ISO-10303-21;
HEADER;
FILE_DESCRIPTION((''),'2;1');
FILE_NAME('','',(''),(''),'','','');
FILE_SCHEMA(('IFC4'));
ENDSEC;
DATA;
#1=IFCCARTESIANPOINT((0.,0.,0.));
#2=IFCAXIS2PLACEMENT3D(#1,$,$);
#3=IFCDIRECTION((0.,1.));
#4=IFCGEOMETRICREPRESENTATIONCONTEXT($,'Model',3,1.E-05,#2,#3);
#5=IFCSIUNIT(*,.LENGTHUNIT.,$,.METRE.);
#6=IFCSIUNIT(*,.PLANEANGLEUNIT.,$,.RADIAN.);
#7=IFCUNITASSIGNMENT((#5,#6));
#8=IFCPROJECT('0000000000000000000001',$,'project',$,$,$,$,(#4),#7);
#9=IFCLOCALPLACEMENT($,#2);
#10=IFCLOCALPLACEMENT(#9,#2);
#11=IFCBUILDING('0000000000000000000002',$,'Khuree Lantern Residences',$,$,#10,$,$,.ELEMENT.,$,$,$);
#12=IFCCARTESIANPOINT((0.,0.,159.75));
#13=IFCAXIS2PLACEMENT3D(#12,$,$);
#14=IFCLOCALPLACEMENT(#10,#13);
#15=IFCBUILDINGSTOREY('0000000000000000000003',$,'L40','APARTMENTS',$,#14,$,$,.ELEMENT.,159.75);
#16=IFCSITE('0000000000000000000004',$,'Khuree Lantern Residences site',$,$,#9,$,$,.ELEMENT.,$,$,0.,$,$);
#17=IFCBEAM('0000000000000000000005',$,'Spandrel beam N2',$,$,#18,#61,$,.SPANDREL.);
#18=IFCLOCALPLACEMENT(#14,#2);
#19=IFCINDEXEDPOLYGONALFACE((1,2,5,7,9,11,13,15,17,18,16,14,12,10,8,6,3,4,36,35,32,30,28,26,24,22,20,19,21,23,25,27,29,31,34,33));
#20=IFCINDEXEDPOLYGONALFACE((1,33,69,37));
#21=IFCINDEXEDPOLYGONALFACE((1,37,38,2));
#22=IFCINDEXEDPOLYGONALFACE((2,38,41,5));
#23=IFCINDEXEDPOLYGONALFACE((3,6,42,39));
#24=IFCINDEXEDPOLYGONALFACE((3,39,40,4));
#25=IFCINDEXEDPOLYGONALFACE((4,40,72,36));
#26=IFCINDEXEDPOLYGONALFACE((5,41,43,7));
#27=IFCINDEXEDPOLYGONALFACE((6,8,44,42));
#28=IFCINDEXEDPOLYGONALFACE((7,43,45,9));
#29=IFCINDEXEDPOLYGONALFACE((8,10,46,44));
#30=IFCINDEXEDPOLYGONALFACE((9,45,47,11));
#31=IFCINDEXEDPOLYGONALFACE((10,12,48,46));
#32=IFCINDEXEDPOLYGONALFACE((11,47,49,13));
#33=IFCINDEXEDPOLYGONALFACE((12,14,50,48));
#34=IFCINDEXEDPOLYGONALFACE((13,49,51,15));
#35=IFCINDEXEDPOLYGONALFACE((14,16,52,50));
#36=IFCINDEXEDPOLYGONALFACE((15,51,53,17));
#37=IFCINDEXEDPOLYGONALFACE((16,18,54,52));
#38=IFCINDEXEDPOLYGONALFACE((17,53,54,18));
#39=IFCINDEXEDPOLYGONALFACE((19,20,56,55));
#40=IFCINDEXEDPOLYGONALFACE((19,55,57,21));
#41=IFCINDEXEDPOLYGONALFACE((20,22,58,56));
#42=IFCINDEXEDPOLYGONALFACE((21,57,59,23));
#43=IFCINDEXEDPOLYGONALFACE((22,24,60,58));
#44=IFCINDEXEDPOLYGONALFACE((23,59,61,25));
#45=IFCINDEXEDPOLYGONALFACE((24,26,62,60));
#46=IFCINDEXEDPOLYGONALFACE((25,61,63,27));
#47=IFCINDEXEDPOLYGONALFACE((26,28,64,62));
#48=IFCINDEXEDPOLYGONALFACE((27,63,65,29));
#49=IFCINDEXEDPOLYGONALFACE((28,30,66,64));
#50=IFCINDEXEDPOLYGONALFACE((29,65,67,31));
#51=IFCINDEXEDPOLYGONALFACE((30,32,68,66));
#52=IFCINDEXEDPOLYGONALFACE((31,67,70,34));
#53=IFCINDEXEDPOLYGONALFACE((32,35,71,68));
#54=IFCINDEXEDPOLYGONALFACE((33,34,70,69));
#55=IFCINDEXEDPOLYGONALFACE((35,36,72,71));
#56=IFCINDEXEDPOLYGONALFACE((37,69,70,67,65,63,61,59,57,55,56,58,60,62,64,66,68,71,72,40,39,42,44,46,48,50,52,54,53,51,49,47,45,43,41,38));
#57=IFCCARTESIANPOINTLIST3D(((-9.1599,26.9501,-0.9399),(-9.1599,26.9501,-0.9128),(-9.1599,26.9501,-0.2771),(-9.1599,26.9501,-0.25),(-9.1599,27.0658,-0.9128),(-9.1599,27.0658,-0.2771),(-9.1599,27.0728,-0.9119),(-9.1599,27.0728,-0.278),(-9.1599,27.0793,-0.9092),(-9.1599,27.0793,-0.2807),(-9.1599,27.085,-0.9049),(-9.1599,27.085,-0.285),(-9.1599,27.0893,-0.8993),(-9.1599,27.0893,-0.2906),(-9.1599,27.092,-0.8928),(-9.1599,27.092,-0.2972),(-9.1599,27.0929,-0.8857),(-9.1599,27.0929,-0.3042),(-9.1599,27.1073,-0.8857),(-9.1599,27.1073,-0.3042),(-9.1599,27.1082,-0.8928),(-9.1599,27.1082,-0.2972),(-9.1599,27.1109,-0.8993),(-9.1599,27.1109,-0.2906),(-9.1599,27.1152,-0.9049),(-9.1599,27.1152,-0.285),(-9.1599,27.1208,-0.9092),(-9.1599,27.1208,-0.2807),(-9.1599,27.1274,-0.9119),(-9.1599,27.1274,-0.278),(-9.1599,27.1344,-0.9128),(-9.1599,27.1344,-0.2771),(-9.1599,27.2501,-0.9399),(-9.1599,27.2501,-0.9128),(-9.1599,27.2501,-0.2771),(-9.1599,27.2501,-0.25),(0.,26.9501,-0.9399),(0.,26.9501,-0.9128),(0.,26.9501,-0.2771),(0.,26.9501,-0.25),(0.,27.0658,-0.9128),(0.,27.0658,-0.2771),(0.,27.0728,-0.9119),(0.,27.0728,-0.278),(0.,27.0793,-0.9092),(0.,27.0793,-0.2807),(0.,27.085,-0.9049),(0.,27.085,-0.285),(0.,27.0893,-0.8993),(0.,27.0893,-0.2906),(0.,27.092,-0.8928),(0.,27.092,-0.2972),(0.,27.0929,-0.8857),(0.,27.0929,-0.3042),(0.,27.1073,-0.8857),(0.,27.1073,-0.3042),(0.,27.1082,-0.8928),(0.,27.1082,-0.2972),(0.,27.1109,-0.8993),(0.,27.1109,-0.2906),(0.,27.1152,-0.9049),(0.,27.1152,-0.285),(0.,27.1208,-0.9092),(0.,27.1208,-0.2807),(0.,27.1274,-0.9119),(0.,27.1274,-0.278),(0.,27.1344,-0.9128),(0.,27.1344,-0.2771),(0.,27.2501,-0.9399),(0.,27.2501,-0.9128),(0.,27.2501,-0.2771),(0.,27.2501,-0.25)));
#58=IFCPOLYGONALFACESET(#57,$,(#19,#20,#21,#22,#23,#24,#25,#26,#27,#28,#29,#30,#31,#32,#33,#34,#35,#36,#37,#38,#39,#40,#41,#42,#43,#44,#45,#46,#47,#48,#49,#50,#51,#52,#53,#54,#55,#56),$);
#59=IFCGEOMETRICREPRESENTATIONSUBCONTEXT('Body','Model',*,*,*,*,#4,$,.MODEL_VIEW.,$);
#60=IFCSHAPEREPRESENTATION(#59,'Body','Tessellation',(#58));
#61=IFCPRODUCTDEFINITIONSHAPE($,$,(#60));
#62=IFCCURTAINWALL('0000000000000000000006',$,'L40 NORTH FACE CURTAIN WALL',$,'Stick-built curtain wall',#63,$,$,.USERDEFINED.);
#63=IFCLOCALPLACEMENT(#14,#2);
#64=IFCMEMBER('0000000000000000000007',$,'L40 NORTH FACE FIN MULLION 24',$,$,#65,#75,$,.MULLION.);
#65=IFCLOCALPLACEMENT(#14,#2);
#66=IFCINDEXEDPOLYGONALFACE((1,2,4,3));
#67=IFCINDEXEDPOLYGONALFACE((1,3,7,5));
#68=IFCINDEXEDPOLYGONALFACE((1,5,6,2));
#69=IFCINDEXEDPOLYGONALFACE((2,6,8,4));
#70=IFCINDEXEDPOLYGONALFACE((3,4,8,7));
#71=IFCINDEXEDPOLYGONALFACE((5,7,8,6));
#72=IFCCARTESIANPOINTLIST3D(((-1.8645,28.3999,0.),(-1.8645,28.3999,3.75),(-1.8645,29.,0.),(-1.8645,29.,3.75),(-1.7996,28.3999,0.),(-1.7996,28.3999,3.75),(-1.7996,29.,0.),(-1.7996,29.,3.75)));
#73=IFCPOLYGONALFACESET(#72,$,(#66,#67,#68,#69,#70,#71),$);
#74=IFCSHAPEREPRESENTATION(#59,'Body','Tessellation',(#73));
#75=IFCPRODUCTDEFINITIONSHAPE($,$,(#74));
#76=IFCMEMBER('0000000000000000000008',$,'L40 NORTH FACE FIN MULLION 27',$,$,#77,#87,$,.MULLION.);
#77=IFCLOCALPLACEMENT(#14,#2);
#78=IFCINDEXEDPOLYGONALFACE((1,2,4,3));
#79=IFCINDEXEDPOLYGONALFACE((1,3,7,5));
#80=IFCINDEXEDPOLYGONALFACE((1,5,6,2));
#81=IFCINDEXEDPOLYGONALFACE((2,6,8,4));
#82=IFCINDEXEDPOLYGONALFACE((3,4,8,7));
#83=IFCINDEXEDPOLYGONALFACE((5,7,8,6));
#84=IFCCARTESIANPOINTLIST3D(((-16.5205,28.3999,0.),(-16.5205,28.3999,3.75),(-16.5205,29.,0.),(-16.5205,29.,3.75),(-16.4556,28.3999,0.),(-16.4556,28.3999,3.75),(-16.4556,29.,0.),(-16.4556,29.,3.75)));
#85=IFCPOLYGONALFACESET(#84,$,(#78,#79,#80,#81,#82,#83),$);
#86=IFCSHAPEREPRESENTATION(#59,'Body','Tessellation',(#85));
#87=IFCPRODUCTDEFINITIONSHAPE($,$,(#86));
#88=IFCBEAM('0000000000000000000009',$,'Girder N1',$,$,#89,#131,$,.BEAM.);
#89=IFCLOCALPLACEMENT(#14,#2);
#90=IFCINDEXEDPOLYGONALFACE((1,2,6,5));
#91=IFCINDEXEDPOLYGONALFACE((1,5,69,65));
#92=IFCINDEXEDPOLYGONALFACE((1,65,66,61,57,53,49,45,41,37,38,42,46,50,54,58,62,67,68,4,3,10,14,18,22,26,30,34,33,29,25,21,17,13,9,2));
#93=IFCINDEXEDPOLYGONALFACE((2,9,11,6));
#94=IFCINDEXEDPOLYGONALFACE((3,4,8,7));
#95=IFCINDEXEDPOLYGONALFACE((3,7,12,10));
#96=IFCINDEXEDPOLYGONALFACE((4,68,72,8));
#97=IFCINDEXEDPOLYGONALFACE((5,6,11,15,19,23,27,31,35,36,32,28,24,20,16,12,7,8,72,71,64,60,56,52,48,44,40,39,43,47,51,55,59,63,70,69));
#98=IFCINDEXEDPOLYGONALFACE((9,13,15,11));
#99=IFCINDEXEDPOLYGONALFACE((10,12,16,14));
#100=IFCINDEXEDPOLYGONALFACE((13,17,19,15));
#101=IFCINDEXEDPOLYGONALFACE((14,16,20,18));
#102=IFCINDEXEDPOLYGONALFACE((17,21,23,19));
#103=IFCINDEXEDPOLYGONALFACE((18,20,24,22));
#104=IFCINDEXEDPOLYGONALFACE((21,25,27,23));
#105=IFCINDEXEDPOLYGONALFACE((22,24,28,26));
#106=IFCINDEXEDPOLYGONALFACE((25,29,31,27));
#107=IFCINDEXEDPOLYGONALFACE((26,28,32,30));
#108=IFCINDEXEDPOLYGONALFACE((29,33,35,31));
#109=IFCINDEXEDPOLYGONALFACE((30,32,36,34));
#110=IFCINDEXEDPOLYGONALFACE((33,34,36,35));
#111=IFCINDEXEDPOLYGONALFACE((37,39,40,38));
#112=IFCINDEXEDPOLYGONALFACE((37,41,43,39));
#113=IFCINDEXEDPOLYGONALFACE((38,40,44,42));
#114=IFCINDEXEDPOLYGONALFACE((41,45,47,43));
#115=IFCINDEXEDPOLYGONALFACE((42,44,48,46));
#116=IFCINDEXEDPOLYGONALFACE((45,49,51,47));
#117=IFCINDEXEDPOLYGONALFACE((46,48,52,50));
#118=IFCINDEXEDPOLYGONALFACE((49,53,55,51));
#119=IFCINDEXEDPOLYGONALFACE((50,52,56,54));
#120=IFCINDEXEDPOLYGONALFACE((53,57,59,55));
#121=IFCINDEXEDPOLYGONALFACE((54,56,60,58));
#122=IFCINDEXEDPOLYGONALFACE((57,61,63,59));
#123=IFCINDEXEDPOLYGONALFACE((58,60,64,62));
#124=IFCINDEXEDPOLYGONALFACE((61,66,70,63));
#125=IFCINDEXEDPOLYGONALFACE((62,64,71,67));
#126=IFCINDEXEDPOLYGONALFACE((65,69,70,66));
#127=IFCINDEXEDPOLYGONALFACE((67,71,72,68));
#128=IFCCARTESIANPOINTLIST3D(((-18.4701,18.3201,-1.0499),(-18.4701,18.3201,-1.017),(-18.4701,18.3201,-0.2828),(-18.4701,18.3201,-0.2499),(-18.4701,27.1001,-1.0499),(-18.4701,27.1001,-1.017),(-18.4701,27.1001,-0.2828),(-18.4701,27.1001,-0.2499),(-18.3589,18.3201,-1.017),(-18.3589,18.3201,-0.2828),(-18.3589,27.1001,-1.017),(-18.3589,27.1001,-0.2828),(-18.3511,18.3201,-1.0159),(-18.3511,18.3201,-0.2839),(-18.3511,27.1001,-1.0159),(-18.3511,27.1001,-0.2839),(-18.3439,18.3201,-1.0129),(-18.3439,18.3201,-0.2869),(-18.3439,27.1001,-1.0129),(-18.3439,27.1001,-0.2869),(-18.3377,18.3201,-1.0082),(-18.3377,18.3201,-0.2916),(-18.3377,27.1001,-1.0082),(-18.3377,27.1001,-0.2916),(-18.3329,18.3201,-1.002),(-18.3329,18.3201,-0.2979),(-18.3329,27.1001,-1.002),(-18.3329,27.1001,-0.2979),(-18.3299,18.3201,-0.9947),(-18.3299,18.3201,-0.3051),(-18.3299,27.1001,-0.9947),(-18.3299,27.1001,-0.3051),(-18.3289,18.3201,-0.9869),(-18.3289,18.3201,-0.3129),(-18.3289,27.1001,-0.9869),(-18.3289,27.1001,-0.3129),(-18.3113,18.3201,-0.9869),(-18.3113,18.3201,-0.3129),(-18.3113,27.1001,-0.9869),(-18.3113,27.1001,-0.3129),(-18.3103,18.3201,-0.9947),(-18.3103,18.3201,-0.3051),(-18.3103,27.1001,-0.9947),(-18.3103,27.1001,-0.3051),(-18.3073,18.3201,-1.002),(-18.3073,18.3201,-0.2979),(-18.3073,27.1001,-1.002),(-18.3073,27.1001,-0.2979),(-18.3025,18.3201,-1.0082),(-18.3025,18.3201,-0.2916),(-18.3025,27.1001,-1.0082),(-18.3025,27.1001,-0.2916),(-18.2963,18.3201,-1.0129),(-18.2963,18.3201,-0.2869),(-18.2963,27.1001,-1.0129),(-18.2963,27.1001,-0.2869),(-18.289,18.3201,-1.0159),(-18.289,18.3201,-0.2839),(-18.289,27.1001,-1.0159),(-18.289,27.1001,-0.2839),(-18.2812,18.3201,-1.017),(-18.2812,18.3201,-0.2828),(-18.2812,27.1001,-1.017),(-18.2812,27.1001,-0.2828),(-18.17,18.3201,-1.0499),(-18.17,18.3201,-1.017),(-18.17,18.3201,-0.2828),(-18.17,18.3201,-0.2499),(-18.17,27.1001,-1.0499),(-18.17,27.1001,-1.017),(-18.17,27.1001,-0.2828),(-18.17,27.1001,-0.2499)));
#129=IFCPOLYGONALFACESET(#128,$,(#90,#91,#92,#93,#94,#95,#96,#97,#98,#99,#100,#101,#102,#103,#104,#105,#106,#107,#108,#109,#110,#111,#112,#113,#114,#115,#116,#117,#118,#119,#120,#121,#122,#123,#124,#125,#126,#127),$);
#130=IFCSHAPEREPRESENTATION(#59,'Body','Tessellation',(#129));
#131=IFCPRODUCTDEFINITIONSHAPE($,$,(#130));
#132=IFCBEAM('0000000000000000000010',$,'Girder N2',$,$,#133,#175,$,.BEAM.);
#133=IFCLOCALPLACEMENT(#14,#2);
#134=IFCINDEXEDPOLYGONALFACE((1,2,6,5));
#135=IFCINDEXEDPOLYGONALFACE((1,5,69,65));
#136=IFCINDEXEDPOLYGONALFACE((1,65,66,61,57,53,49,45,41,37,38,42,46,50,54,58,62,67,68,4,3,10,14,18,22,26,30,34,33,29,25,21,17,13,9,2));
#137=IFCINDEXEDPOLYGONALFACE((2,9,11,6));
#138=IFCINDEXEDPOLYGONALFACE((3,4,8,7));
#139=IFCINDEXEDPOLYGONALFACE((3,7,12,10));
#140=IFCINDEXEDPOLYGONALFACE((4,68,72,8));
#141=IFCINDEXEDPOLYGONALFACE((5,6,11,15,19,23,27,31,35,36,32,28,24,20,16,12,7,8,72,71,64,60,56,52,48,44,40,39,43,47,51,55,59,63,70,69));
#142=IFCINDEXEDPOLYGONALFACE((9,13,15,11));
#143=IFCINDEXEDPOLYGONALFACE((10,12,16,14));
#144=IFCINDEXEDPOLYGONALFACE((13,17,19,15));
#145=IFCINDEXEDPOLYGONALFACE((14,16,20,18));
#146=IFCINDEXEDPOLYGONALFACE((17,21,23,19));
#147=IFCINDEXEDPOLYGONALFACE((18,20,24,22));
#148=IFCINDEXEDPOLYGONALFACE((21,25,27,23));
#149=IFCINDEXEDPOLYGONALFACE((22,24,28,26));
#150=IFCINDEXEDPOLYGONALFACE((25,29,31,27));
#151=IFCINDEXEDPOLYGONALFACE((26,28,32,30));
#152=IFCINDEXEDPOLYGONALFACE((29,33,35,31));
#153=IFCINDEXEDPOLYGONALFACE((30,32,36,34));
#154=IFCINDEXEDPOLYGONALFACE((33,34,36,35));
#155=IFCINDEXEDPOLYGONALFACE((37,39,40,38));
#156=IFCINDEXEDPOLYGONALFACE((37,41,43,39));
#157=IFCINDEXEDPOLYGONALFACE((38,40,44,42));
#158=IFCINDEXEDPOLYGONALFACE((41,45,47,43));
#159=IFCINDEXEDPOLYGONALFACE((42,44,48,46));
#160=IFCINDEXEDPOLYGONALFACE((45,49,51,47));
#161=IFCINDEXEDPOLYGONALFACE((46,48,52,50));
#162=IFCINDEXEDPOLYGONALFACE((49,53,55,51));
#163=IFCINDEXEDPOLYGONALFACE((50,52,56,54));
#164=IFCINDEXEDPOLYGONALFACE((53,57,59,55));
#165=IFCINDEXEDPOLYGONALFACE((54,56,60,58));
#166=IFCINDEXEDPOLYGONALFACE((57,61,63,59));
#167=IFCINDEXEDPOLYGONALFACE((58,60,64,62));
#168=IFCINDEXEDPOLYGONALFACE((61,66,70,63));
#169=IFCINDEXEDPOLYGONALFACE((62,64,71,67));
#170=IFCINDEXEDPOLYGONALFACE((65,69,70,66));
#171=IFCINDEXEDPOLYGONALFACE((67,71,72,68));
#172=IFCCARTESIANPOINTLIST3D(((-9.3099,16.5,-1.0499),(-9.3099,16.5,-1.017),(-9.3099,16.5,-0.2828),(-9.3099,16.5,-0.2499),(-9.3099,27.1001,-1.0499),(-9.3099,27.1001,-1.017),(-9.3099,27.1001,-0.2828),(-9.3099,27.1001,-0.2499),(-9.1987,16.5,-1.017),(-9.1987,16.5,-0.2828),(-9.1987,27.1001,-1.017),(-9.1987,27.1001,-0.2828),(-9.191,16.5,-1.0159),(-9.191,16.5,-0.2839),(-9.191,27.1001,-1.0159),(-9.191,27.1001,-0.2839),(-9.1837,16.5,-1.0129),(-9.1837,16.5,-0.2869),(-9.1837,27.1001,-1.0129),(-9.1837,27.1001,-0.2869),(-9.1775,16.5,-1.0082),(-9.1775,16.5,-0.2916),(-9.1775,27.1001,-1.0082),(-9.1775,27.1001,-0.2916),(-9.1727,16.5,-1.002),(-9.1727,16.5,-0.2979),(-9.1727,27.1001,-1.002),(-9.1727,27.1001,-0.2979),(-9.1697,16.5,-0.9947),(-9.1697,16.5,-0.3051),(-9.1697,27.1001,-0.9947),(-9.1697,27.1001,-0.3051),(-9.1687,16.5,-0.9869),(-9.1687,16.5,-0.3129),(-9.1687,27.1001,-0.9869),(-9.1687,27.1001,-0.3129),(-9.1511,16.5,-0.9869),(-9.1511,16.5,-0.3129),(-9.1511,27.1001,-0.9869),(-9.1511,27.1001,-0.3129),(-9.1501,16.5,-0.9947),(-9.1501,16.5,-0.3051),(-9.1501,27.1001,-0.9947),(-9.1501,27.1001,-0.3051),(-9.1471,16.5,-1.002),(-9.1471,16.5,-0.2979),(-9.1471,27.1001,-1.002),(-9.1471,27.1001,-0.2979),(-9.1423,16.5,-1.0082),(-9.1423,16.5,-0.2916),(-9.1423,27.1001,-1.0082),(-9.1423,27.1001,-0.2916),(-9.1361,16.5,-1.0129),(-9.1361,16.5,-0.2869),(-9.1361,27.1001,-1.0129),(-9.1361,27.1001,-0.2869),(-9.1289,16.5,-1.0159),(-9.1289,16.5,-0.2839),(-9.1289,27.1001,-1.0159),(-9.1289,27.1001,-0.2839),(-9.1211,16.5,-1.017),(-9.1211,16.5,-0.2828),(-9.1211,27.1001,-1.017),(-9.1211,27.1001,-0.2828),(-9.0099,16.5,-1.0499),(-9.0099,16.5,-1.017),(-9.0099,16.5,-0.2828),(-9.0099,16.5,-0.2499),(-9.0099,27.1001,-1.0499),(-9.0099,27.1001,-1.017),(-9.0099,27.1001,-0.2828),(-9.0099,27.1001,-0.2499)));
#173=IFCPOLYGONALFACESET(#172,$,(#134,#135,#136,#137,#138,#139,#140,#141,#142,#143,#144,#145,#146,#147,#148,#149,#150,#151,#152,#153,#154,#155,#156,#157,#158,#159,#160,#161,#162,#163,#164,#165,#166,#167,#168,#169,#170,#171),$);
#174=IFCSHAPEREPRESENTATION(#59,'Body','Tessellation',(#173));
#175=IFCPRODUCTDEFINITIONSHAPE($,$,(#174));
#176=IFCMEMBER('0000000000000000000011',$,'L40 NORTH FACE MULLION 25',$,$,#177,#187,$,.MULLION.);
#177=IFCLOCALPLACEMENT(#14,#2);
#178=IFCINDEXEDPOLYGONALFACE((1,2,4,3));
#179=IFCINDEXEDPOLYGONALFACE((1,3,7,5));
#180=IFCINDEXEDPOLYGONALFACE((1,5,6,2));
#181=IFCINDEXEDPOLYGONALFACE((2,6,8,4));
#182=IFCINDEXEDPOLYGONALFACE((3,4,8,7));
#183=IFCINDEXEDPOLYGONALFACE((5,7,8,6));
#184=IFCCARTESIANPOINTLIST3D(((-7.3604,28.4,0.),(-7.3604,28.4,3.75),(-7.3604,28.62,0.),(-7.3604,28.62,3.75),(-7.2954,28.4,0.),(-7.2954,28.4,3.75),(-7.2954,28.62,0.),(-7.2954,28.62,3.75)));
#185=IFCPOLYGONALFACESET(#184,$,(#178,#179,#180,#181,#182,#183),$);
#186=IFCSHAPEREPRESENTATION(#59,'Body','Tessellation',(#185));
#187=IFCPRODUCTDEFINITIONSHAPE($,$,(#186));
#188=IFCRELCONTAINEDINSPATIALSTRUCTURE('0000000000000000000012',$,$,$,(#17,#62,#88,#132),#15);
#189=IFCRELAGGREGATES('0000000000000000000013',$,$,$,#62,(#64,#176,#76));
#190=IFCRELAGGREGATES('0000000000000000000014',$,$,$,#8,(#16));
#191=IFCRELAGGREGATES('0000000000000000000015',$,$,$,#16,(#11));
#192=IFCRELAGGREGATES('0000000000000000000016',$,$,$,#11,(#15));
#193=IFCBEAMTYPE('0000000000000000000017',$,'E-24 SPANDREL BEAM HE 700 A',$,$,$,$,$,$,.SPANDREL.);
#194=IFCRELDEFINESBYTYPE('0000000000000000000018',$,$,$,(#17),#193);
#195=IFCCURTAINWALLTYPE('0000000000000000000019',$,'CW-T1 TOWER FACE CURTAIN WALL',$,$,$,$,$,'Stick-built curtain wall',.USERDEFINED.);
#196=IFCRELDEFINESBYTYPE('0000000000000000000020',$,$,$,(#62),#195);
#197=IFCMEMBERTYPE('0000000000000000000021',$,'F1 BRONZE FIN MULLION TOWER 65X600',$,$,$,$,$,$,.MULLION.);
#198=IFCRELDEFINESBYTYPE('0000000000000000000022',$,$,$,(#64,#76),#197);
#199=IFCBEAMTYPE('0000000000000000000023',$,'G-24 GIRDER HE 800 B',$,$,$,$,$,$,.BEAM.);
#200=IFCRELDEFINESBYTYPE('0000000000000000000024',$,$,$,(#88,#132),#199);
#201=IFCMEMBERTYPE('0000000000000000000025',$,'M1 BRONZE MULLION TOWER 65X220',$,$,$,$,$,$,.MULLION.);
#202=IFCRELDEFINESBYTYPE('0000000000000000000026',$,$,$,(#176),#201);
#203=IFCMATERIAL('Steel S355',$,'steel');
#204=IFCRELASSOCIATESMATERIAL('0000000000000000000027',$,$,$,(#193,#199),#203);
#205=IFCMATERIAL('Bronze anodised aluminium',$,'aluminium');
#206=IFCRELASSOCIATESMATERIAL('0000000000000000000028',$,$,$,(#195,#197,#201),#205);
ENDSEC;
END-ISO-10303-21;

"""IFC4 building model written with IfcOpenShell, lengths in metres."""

from ifc_helpers import new_model, si_unit, direction, frame, origin, origin_2d, place, context, subcontext, project, spatial, rectangle, i_section, extrude, material, material_profile, profile_set, type_object, element, aggregate, save


model = new_model("IFC4")

# Units and contexts
model_context = context("Model", 3, precision=1e-05, world=origin(), true_north=direction((0.0, 1.0)))
body_context = subcontext(model_context, "Body", "Model", "MODEL_VIEW")
ifc_project = project(units=[si_unit("LENGTHUNIT", "METRE"), si_unit("PLANEANGLEUNIT", "RADIAN")], contexts=[model_context])

# Site, building, storey
site_placement = place(None, origin())
site = spatial("IfcSite", under=ifc_project, at=site_placement, Name="Khuree Lantern Residences site", CompositionType="ELEMENT", RefElevation=0.0)
building_placement = place(site_placement, origin())
building = spatial("IfcBuilding", under=site, at=building_placement, Name="Khuree Lantern Residences", CompositionType="ELEMENT")
storey_placement = place(building_placement, frame((0.0, 0.0, 159.75)))
storey = spatial("IfcBuildingStorey", under=building, at=storey_placement, Name="L40", Description="APARTMENTS", CompositionType="ELEMENT", Elevation=159.75)

# Beam
ifc_material_1 = material(Name="Steel S355", Category="steel")
ifc_material_profile_1 = material_profile(ifc_material_1, i_section(OverallWidth=0.3, OverallDepth=0.6899, WebThickness=0.0144, FlangeThickness=0.0271, FilletRadius=0.0271, at=origin_2d()), Name="HE 700 A")
ifc_profile_set_1 = profile_set([ifc_material_profile_1], Name="Steel S355")
beam_type_1 = type_object("IfcBeamType", Name="E-24 SPANDREL BEAM HE 700 A", PredefinedType="SPANDREL", material=ifc_profile_set_1)
beam_1_placement = place(storey_placement, frame((-9.1599, 27.1001, -0.595), z_axis=(1.0, 0.0, 0.0), x_axis=(0.0, 1.0, 0.0)))
element("IfcBeam", 1, at=beam_1_placement, inside=storey, type_object=beam_type_1, Name="Spandrel beam N2", PredefinedType="SPANDREL", context=body_context, shape_type="SweptSolid", body=[
    extrude(i_section(OverallWidth=0.3, OverallDepth=0.6899, WebThickness=0.0144, FlangeThickness=0.0271, FilletRadius=0.0271, at=origin_2d()), origin(), (0.0, 0.0, 1.0), 9.1599),
])

# Curtain wall, members
ifc_material_2 = material(Name="Bronze anodised aluminium", Category="aluminium")
curtain_wall_type = type_object("IfcCurtainWallType", Name="CW-T1 TOWER FACE CURTAIN WALL", ElementType="Stick-built curtain wall", PredefinedType="USERDEFINED", material=ifc_material_2)
curtain_wall_placement = place(storey_placement, origin())
curtain_wall = element("IfcCurtainWall", 2, at=curtain_wall_placement, inside=storey, type_object=curtain_wall_type, Name="L40 NORTH FACE CURTAIN WALL", ObjectType="Stick-built curtain wall", PredefinedType="USERDEFINED")
ifc_material_profile_2 = material_profile(ifc_material_2, rectangle(XDim=0.0649, YDim=0.6001, at=origin_2d()), Name="F1 65X600")
ifc_profile_set_2 = profile_set([ifc_material_profile_2], Name="Bronze anodised aluminium")
member_type_1 = type_object("IfcMemberType", Name="F1 BRONZE FIN MULLION TOWER 65X600", PredefinedType="MULLION", material=ifc_profile_set_2)
member_1_placement = place(storey_placement, frame((-1.832, 28.7, 0.0), z_axis=(0.0, 0.0, 1.0), x_axis=(-1.0, 0.0, 0.0)))
member_1 = element("IfcMember", 3, at=member_1_placement, type_object=member_type_1, Name="L40 NORTH FACE FIN MULLION 24", PredefinedType="MULLION", context=body_context, shape_type="SweptSolid", body=[
    extrude(rectangle(XDim=0.0649, YDim=0.6001, at=origin_2d()), origin(), (0.0, 0.0, 1.0), 3.75),
])
member_2_placement = place(storey_placement, frame((-16.488, 28.7, 0.0), z_axis=(0.0, 0.0, 1.0), x_axis=(-1.0, 0.0, 0.0)))
member_2 = element("IfcMember", 4, at=member_2_placement, type_object=member_type_1, Name="L40 NORTH FACE FIN MULLION 27", PredefinedType="MULLION", context=body_context, shape_type="SweptSolid", body=[
    extrude(rectangle(XDim=0.0649, YDim=0.6001, at=origin_2d()), origin(), (0.0, 0.0, 1.0), 3.75),
])

# Beams
ifc_material_profile_3 = material_profile(ifc_material_1, i_section(OverallWidth=0.3, OverallDepth=0.8, WebThickness=0.0176, FlangeThickness=0.033, FilletRadius=0.03, at=origin_2d()), Name="HE 800 B")
ifc_profile_set_3 = profile_set([ifc_material_profile_3], Name="Steel S355")
beam_type_2 = type_object("IfcBeamType", Name="G-24 GIRDER HE 800 B", PredefinedType="BEAM", material=ifc_profile_set_3)
beam_2_placement = place(storey_placement, frame((-18.3201, 27.1001, -0.6499), z_axis=(0.0, -1.0, 0.0), x_axis=(1.0, 0.0, 0.0)))
element("IfcBeam", 5, at=beam_2_placement, inside=storey, type_object=beam_type_2, Name="Girder N1", PredefinedType="BEAM", context=body_context, shape_type="SweptSolid", body=[
    extrude(i_section(OverallWidth=0.3, OverallDepth=0.8, WebThickness=0.0176, FlangeThickness=0.033, FilletRadius=0.03, at=origin_2d()), origin(), (0.0, 0.0, 1.0), 8.78),
])
beam_3_placement = place(storey_placement, frame((-9.1599, 27.1001, -0.6499), z_axis=(0.0, -1.0, 0.0), x_axis=(1.0, 0.0, 0.0)))
element("IfcBeam", 6, at=beam_3_placement, inside=storey, type_object=beam_type_2, Name="Girder N2", PredefinedType="BEAM", context=body_context, shape_type="SweptSolid", body=[
    extrude(i_section(OverallWidth=0.3, OverallDepth=0.8, WebThickness=0.0176, FlangeThickness=0.033, FilletRadius=0.03, at=origin_2d()), origin(), (0.0, 0.0, 1.0), 10.6001),
])

# Member
ifc_material_profile_4 = material_profile(ifc_material_2, rectangle(XDim=0.0649, YDim=0.22, at=origin_2d()), Name="M1 65X220")
ifc_profile_set_4 = profile_set([ifc_material_profile_4], Name="Bronze anodised aluminium")
member_type_2 = type_object("IfcMemberType", Name="M1 BRONZE MULLION TOWER 65X220", PredefinedType="MULLION", material=ifc_profile_set_4)
member_3_placement = place(storey_placement, frame((-7.3279, 28.51, 0.0), z_axis=(0.0, 0.0, 1.0), x_axis=(-1.0, 0.0, 0.0)))
member_3 = element("IfcMember", 7, at=member_3_placement, type_object=member_type_2, Name="L40 NORTH FACE MULLION 25", PredefinedType="MULLION", context=body_context, shape_type="SweptSolid", body=[
    extrude(rectangle(XDim=0.0649, YDim=0.22, at=origin_2d()), origin(), (0.0, 0.0, 1.0), 3.75),
])

aggregate(curtain_wall, [member_1, member_3, member_2])

save(model, "model.ifc")
